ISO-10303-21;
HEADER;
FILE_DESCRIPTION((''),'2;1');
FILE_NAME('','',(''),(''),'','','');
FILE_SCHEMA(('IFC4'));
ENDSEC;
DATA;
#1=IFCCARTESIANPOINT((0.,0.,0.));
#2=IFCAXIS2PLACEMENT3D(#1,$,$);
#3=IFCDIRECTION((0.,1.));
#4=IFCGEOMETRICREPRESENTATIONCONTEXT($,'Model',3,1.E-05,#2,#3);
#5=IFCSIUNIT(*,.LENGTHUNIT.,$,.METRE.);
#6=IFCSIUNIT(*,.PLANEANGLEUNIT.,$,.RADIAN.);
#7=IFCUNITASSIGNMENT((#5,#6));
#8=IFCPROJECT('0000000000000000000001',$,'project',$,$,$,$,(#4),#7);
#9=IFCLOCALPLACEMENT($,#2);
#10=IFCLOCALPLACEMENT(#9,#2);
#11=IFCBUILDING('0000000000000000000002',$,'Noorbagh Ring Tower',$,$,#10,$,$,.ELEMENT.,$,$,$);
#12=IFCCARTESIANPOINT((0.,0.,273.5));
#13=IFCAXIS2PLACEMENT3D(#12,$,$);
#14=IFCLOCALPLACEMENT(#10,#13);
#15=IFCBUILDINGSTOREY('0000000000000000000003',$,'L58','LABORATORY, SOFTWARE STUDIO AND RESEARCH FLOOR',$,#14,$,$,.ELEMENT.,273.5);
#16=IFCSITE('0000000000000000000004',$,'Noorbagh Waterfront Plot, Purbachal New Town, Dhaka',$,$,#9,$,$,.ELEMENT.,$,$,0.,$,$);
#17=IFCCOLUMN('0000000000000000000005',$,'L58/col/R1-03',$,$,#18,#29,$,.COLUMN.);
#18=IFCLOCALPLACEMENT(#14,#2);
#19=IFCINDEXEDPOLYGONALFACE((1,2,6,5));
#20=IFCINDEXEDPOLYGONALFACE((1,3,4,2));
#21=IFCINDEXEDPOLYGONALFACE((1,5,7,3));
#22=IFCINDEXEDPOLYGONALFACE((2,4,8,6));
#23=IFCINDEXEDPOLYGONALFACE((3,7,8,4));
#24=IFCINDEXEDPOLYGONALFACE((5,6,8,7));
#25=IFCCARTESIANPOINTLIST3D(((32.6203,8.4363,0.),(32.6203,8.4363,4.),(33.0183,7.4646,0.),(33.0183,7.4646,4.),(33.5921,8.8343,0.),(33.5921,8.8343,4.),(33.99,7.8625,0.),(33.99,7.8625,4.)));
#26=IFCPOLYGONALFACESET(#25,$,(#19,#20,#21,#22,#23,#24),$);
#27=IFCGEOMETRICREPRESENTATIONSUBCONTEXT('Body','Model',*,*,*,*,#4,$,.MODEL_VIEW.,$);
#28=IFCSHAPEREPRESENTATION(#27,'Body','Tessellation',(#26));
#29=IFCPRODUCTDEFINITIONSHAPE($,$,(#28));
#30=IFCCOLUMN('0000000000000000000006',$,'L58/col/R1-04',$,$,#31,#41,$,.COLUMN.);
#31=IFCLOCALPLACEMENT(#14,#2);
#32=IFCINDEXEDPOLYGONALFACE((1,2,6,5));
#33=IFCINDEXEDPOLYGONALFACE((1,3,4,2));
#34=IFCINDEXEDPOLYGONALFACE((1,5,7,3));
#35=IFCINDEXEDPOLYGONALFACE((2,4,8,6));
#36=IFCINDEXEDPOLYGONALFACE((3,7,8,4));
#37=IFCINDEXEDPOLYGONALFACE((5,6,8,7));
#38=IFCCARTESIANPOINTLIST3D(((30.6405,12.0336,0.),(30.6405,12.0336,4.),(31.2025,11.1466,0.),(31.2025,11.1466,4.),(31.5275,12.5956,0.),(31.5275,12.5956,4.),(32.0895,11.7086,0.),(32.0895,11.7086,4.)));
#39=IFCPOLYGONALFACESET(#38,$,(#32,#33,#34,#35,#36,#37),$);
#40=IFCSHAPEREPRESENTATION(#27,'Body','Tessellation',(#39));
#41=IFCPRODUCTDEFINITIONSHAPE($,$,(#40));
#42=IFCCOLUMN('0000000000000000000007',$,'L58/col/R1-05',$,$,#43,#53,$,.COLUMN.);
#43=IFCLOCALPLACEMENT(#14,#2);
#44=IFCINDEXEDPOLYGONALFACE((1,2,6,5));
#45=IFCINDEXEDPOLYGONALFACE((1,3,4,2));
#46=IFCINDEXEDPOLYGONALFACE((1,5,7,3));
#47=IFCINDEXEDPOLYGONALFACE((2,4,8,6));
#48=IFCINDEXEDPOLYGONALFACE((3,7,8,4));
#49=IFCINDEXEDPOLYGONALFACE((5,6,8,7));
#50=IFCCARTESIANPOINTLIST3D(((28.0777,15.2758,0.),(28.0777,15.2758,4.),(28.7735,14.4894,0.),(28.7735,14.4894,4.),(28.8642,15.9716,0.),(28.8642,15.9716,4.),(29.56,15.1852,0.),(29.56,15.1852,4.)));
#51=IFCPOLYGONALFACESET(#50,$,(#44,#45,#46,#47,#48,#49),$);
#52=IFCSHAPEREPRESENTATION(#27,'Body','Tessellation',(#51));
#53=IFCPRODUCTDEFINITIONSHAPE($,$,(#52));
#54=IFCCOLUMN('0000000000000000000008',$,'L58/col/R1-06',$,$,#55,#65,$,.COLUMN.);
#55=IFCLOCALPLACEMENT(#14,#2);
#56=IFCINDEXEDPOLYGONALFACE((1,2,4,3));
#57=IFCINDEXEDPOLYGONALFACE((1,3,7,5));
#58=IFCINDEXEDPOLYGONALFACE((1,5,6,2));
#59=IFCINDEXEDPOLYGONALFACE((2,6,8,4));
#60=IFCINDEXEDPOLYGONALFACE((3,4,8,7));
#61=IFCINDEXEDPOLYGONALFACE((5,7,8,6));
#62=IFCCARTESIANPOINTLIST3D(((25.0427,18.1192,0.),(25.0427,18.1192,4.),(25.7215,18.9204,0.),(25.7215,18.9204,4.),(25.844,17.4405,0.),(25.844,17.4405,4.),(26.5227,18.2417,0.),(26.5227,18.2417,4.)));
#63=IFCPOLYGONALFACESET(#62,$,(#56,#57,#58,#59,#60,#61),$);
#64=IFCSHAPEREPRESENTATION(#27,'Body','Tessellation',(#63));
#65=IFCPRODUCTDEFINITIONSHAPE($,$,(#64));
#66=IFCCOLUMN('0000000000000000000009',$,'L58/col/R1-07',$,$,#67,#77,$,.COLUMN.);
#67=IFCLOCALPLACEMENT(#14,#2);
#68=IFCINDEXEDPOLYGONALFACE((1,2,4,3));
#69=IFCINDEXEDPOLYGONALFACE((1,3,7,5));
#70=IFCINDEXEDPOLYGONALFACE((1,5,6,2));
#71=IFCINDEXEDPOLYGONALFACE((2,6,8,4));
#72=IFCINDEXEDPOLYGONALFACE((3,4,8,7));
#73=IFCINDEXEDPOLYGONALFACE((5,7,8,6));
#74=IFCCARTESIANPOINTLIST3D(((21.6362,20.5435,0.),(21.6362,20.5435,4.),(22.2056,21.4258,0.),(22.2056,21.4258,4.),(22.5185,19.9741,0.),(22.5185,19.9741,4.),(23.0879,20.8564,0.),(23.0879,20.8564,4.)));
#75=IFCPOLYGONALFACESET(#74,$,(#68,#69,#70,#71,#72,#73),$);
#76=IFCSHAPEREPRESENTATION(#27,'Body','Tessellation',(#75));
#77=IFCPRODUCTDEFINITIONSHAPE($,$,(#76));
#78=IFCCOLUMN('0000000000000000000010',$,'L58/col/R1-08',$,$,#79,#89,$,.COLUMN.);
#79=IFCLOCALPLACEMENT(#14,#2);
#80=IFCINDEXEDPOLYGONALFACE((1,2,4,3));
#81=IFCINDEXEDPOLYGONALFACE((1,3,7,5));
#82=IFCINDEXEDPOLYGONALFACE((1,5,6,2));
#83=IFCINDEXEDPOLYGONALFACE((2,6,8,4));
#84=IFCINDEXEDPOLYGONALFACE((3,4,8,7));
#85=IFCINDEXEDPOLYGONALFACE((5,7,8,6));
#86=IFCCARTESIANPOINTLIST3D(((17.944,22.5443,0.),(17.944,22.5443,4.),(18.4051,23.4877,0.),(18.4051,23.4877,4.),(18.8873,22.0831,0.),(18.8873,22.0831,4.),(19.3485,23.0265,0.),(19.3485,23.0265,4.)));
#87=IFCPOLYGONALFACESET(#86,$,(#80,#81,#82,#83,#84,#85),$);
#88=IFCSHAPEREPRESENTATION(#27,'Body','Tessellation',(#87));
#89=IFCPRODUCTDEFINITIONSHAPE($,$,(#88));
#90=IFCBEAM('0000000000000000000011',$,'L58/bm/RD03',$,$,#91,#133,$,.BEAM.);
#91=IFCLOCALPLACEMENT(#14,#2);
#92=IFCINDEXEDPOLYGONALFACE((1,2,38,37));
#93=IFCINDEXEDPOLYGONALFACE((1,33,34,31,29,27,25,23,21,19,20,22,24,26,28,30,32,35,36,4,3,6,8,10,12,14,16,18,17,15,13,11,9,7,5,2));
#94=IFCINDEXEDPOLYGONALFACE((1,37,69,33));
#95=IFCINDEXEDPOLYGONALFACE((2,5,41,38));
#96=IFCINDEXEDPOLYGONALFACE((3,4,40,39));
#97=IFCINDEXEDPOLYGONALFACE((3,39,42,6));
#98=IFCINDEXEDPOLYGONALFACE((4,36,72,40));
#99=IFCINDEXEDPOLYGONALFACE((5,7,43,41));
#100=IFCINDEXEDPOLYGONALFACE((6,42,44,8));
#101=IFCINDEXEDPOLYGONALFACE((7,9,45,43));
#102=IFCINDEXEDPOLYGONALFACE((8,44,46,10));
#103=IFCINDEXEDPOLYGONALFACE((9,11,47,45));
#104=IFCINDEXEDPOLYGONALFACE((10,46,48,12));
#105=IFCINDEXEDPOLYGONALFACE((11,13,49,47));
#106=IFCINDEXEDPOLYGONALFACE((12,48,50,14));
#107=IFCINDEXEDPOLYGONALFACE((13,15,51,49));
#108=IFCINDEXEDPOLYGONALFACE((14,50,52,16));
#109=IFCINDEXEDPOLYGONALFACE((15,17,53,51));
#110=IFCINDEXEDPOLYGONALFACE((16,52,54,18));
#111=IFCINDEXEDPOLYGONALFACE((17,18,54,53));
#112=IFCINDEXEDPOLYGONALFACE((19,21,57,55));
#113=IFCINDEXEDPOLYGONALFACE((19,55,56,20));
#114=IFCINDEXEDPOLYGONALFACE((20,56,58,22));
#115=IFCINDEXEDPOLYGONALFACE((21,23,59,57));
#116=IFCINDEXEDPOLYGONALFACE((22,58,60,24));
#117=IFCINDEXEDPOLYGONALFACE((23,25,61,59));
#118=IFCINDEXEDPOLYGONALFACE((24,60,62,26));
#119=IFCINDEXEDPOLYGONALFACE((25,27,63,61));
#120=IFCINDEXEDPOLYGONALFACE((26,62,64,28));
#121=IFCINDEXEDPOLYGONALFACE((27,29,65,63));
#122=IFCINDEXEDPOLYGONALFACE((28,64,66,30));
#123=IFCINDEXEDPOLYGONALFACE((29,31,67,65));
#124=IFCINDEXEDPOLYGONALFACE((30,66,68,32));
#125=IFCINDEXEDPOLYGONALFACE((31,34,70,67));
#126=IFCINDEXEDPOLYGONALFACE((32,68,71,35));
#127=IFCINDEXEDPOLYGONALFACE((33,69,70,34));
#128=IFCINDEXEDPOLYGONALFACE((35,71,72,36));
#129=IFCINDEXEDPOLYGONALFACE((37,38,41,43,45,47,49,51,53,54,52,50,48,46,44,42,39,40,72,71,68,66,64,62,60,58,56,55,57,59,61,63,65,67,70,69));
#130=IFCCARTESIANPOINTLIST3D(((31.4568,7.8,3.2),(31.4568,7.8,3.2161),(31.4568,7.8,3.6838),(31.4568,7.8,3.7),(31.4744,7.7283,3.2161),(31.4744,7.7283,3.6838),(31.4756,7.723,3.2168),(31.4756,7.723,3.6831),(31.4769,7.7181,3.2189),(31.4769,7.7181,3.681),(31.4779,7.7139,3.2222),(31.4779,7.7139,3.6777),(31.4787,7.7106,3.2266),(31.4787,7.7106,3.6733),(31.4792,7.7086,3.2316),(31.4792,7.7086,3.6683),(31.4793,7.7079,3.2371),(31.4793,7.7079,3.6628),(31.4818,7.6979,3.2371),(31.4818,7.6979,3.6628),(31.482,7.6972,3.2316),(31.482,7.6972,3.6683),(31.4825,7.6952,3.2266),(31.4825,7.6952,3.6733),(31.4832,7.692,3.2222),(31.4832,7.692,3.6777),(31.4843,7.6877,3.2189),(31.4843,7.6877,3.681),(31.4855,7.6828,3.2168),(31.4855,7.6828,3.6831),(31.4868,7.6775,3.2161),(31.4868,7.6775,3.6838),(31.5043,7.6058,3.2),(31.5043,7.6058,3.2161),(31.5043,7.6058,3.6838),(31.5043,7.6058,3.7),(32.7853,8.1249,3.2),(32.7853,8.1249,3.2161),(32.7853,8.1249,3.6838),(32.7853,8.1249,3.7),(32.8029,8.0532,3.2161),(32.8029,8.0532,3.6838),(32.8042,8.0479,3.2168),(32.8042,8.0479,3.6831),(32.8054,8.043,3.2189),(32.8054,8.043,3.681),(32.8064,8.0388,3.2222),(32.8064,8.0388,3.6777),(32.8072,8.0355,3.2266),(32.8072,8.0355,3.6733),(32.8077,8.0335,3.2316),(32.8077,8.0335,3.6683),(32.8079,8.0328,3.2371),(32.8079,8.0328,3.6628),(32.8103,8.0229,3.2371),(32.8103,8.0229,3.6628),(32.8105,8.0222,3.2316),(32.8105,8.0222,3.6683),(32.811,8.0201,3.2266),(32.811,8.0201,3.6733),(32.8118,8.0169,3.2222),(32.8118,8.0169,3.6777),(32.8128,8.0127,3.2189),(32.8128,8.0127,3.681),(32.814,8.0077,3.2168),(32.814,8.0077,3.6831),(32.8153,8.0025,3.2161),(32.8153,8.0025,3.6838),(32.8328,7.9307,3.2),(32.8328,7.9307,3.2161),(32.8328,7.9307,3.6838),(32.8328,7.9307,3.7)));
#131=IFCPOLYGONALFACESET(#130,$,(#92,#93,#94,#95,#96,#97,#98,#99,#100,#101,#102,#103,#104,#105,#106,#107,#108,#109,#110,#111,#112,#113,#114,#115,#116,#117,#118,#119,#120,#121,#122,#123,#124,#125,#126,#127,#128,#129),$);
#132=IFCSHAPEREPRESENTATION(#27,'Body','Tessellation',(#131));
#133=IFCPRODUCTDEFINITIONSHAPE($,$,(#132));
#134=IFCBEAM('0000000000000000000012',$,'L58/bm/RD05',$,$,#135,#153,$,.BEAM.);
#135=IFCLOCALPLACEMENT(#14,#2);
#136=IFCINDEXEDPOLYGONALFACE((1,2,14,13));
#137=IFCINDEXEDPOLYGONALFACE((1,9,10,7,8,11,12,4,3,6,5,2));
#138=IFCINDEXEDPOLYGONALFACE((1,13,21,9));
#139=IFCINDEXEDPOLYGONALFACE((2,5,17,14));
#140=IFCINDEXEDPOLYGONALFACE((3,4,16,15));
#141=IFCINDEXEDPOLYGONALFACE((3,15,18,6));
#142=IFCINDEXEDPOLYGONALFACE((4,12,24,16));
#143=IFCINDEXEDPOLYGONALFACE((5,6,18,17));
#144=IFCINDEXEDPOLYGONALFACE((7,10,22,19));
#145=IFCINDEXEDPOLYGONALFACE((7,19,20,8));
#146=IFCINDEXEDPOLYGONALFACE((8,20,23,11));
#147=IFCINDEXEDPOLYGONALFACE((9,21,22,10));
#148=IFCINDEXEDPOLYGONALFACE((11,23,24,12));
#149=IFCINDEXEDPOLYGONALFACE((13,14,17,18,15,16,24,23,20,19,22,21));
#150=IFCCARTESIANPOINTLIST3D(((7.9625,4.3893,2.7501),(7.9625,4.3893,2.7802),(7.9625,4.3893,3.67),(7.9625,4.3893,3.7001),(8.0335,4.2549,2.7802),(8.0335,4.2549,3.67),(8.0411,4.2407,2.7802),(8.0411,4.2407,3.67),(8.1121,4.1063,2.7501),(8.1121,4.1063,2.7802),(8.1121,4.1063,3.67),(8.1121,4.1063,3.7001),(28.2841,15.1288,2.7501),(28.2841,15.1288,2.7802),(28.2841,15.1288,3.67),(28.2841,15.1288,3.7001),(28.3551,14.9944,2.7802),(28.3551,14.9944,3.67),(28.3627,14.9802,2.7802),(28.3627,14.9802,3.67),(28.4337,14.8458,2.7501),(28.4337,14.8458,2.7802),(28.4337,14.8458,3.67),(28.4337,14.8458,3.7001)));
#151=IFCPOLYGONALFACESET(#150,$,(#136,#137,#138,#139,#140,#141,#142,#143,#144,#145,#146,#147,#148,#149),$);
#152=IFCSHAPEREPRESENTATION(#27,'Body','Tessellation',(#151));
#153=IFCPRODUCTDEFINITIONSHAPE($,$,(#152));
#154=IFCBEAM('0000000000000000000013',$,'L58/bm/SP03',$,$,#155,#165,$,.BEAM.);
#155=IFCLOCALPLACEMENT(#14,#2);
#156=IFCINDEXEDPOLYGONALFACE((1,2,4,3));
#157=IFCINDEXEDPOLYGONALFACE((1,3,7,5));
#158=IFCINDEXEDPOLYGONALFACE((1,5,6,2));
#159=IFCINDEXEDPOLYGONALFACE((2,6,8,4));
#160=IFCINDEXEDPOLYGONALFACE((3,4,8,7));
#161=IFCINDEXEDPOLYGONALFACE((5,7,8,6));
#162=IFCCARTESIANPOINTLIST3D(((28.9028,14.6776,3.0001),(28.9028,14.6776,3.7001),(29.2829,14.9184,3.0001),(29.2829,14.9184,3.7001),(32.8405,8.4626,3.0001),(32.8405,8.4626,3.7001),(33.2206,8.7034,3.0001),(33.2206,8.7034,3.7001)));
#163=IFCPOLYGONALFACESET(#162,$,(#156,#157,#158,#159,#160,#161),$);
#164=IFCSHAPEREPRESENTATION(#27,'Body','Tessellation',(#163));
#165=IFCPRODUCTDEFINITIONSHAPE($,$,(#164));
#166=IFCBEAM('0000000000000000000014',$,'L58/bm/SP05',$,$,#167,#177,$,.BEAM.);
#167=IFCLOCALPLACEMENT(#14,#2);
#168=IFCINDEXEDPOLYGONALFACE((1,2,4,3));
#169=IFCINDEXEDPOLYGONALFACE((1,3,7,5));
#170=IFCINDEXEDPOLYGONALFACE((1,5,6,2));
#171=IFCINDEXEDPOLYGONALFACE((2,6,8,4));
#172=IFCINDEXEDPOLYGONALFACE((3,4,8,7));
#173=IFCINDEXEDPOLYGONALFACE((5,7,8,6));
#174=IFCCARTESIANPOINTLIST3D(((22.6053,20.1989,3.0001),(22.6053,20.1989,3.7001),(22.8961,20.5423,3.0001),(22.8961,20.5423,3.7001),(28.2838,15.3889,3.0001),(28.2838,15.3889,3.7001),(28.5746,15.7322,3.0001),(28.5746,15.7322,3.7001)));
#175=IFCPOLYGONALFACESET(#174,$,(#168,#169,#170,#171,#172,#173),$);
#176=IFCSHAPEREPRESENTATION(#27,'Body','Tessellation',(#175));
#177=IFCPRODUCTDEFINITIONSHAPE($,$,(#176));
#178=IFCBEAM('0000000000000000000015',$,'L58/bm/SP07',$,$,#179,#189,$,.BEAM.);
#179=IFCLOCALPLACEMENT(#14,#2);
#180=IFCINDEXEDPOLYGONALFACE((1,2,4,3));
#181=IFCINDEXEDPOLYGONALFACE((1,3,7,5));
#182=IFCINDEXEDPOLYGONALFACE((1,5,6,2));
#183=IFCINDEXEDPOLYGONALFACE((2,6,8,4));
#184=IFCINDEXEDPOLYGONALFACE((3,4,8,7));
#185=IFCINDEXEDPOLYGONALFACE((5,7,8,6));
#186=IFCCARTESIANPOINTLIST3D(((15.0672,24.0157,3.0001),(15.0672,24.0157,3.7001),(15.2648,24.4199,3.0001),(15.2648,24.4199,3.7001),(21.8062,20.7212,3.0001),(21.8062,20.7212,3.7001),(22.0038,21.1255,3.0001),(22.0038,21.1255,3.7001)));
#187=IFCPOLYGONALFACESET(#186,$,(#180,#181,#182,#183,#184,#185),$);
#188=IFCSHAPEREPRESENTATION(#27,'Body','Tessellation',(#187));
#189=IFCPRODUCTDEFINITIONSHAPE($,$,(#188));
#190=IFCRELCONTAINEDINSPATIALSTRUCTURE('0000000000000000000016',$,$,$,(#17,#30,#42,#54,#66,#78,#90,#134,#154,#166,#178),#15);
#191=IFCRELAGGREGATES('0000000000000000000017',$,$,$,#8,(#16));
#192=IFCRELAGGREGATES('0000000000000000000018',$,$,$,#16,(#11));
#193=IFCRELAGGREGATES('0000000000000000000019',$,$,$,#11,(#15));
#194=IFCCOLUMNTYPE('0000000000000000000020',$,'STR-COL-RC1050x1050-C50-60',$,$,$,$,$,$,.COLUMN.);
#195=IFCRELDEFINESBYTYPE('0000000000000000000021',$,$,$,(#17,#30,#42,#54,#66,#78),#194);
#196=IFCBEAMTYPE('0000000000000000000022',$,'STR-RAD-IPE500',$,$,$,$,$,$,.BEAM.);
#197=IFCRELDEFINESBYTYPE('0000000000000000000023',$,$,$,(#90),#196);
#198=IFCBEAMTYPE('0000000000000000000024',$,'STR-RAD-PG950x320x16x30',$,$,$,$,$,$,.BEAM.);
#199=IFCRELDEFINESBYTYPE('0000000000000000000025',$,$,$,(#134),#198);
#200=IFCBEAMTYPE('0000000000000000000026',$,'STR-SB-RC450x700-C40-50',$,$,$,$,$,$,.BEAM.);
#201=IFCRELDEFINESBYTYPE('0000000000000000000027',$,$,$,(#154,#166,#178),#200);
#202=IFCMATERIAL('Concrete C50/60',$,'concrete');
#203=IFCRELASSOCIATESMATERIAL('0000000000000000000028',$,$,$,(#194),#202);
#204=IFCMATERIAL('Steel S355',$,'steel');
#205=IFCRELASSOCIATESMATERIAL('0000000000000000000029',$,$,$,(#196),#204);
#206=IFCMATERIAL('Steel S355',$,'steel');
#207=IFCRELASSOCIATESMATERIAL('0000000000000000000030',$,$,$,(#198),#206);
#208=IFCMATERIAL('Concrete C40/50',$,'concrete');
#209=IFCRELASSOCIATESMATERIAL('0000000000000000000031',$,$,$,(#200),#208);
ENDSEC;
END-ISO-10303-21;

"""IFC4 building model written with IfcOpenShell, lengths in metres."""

from ifc_helpers import new_model, si_unit, direction, frame, origin, origin_2d, place, context, subcontext, project, spatial, rectangle, i_section, extrude, material, material_profile, profile_set, type_object, element, save


model = new_model("IFC4")

# Units and contexts
model_context = context("Model", 3, precision=1e-05, world=origin(), true_north=direction((0.0, 1.0)))
body_context = subcontext(model_context, "Body", "Model", "MODEL_VIEW")
ifc_project = project(units=[si_unit("LENGTHUNIT", "METRE"), si_unit("PLANEANGLEUNIT", "RADIAN")], contexts=[model_context])

# Site, building, storey
site_placement = place(None, origin())
site = spatial("IfcSite", under=ifc_project, at=site_placement, Name="Noorbagh Waterfront Plot, Purbachal New Town, Dhaka", CompositionType="ELEMENT", RefElevation=0.0)
building_placement = place(site_placement, origin())
building = spatial("IfcBuilding", under=site, at=building_placement, Name="Noorbagh Ring Tower", CompositionType="ELEMENT")
storey_placement = place(building_placement, frame((0.0, 0.0, 273.5)))
storey = spatial("IfcBuildingStorey", under=building, at=storey_placement, Name="L58", Description="LABORATORY, SOFTWARE STUDIO AND RESEARCH FLOOR", CompositionType="ELEMENT", Elevation=273.5)

# Columns
ifc_material_1 = material(Name="Concrete C50/60", Category="concrete")
ifc_material_profile_1 = material_profile(ifc_material_1, rectangle(XDim=1.05, YDim=1.05, at=origin_2d()), Name="RC1050x1050")
ifc_profile_set_1 = profile_set([ifc_material_profile_1], Name="Concrete C50/60")
column_type = type_object("IfcColumnType", Name="STR-COL-RC1050x1050-C50-60", PredefinedType="COLUMN", material=ifc_profile_set_1)
for number, where, z_axis, x_axis, name in (
    (1, (33.3052, 8.1494, 0.0), (0.0, 0.0, 1.0), (-0.378989, 0.925401, 0.0), "L58/col/R1-03"),
    (2, (31.365, 11.8711, 0.0), (0.0, 0.0, 1.0), (-0.53519, 0.844731, 0.0), "L58/col/R1-04"),
    (3, (28.8188, 15.2305, 0.0), (0.0, 0.0, 1.0), (-0.662636, 0.748942, 0.0), "L58/col/R1-05"),
    (4, (25.7827, 18.1804, 0.0), (0.0, 0.0, 1.0), (-0.763035, 0.646357, 0.0), "L58/col/R1-06"),
    (5, (22.3621, 20.7, 0.0), (0.0, 0.0, 1.0), (-0.840248, 0.542203, 0.0), "L58/col/R1-07"),
    (6, (18.6462, 22.7854, 0.0), (0.0, 0.0, 1.0), (-0.898399, 0.43918, 0.0), "L58/col/R1-08"),
):
    element("IfcColumn", number, at=place(storey_placement, frame(where, z_axis=z_axis, x_axis=x_axis)), inside=storey, type_object=column_type, Name=name, PredefinedType="COLUMN", context=body_context, shape_type="SweptSolid", body=[
        extrude(rectangle(XDim=1.05, YDim=1.05, at=origin_2d()), origin(), (0.0, 0.0, 1.0), 4.0),
    ])

# Beams
ifc_material_2 = material(Name="Steel S355", Category="steel")
ifc_material_profile_2 = material_profile(ifc_material_2, i_section(OverallWidth=0.2, OverallDepth=0.5, WebThickness=0.0103, FlangeThickness=0.0161, FilletRadius=0.021, at=origin_2d()), Name="IPE500")
ifc_profile_set_2 = profile_set([ifc_material_profile_2], Name="Steel S355")
beam_type_1 = type_object("IfcBeamType", Name="STR-RAD-IPE500", PredefinedType="BEAM", material=ifc_profile_set_2)
beam_1_placement = place(storey_placement, frame((32.8091, 8.0278, 3.45), z_axis=(-0.971369, -0.237577, 0.0), x_axis=(0.237577, -0.971369, 0.0)))
element("IfcBeam", 7, at=beam_1_placement, inside=storey, type_object=beam_type_1, Name="L58/bm/RD03", PredefinedType="BEAM", context=body_context, shape_type="SweptSolid", body=[
    extrude(i_section(OverallWidth=0.2, OverallDepth=0.5, WebThickness=0.0103, FlangeThickness=0.0161, FilletRadius=0.021, at=origin_2d()), origin(), (0.0, 0.0, 1.0), 1.3677),
])
ifc_material_3 = material(Name="Steel S355", Category="steel")
ifc_material_profile_3 = material_profile(ifc_material_3, i_section(OverallWidth=0.3201, OverallDepth=0.95, WebThickness=0.0161, FlangeThickness=0.03, at=origin_2d()), Name="PG950x320x16x30")
ifc_profile_set_3 = profile_set([ifc_material_profile_3], Name="Steel S355")
beam_type_2 = type_object("IfcBeamType", Name="STR-RAD-PG950x320x16x30", PredefinedType="BEAM", material=ifc_profile_set_3)
beam_2_placement = place(storey_placement, frame((28.3589, 14.9873, 3.2251), z_axis=(-0.884129, -0.467243, 0.0), x_axis=(0.467243, -0.884129, 0.0)))
element("IfcBeam", 8, at=beam_2_placement, inside=storey, type_object=beam_type_2, Name="L58/bm/RD05", PredefinedType="BEAM", context=body_context, shape_type="SweptSolid", body=[
    extrude(i_section(OverallWidth=0.3201, OverallDepth=0.95, WebThickness=0.0161, FlangeThickness=0.03, at=origin_2d()), origin(), (0.0, 0.0, 1.0), 22.9849),
])
ifc_material_4 = material(Name="Concrete C40/50", Category="concrete")
ifc_material_profile_4 = material_profile(ifc_material_4, rectangle(XDim=0.45, YDim=0.7, at=origin_2d()), Name="RC450x700")
ifc_profile_set_4 = profile_set([ifc_material_profile_4], Name="Concrete C40/50")
beam_type_3 = type_object("IfcBeamType", Name="STR-SB-RC450x700-C40-50", PredefinedType="BEAM", material=ifc_profile_set_4)
beam_3_placement = place(storey_placement, frame((33.0305, 8.583, 3.3501), z_axis=(-0.5352, 0.844726, 0.0), x_axis=(-0.844726, -0.5352, 0.0)))
element("IfcBeam", 9, at=beam_3_placement, inside=storey, type_object=beam_type_3, Name="L58/bm/SP03", PredefinedType="BEAM", context=body_context, shape_type="SweptSolid", body=[
    extrude(rectangle(XDim=0.45, YDim=0.7, at=origin_2d()), origin(), (0.0, 0.0, 1.0), 7.3574),
])
beam_4_placement = place(storey_placement, frame((28.4292, 15.5605, 3.3501), z_axis=(-0.763041, 0.64635, 0.0), x_axis=(-0.64635, -0.763041, 0.0)))
element("IfcBeam", 10, at=beam_4_placement, inside=storey, type_object=beam_type_3, Name="L58/bm/SP05", PredefinedType="BEAM", context=body_context, shape_type="SweptSolid", body=[
    extrude(rectangle(XDim=0.45, YDim=0.7, at=origin_2d()), origin(), (0.0, 0.0, 1.0), 7.4419),
])
beam_5_placement = place(storey_placement, frame((21.905, 20.9233, 3.3501), z_axis=(-0.898395, 0.439189, 0.0), x_axis=(-0.439189, -0.898395, 0.0)))
element("IfcBeam", 11, at=beam_5_placement, inside=storey, type_object=beam_type_3, Name="L58/bm/SP07", PredefinedType="BEAM", context=body_context, shape_type="SweptSolid", body=[
    extrude(rectangle(XDim=0.45, YDim=0.7, at=origin_2d()), origin(), (0.0, 0.0, 1.0), 7.5012),
])

save(model, "model.ifc")
